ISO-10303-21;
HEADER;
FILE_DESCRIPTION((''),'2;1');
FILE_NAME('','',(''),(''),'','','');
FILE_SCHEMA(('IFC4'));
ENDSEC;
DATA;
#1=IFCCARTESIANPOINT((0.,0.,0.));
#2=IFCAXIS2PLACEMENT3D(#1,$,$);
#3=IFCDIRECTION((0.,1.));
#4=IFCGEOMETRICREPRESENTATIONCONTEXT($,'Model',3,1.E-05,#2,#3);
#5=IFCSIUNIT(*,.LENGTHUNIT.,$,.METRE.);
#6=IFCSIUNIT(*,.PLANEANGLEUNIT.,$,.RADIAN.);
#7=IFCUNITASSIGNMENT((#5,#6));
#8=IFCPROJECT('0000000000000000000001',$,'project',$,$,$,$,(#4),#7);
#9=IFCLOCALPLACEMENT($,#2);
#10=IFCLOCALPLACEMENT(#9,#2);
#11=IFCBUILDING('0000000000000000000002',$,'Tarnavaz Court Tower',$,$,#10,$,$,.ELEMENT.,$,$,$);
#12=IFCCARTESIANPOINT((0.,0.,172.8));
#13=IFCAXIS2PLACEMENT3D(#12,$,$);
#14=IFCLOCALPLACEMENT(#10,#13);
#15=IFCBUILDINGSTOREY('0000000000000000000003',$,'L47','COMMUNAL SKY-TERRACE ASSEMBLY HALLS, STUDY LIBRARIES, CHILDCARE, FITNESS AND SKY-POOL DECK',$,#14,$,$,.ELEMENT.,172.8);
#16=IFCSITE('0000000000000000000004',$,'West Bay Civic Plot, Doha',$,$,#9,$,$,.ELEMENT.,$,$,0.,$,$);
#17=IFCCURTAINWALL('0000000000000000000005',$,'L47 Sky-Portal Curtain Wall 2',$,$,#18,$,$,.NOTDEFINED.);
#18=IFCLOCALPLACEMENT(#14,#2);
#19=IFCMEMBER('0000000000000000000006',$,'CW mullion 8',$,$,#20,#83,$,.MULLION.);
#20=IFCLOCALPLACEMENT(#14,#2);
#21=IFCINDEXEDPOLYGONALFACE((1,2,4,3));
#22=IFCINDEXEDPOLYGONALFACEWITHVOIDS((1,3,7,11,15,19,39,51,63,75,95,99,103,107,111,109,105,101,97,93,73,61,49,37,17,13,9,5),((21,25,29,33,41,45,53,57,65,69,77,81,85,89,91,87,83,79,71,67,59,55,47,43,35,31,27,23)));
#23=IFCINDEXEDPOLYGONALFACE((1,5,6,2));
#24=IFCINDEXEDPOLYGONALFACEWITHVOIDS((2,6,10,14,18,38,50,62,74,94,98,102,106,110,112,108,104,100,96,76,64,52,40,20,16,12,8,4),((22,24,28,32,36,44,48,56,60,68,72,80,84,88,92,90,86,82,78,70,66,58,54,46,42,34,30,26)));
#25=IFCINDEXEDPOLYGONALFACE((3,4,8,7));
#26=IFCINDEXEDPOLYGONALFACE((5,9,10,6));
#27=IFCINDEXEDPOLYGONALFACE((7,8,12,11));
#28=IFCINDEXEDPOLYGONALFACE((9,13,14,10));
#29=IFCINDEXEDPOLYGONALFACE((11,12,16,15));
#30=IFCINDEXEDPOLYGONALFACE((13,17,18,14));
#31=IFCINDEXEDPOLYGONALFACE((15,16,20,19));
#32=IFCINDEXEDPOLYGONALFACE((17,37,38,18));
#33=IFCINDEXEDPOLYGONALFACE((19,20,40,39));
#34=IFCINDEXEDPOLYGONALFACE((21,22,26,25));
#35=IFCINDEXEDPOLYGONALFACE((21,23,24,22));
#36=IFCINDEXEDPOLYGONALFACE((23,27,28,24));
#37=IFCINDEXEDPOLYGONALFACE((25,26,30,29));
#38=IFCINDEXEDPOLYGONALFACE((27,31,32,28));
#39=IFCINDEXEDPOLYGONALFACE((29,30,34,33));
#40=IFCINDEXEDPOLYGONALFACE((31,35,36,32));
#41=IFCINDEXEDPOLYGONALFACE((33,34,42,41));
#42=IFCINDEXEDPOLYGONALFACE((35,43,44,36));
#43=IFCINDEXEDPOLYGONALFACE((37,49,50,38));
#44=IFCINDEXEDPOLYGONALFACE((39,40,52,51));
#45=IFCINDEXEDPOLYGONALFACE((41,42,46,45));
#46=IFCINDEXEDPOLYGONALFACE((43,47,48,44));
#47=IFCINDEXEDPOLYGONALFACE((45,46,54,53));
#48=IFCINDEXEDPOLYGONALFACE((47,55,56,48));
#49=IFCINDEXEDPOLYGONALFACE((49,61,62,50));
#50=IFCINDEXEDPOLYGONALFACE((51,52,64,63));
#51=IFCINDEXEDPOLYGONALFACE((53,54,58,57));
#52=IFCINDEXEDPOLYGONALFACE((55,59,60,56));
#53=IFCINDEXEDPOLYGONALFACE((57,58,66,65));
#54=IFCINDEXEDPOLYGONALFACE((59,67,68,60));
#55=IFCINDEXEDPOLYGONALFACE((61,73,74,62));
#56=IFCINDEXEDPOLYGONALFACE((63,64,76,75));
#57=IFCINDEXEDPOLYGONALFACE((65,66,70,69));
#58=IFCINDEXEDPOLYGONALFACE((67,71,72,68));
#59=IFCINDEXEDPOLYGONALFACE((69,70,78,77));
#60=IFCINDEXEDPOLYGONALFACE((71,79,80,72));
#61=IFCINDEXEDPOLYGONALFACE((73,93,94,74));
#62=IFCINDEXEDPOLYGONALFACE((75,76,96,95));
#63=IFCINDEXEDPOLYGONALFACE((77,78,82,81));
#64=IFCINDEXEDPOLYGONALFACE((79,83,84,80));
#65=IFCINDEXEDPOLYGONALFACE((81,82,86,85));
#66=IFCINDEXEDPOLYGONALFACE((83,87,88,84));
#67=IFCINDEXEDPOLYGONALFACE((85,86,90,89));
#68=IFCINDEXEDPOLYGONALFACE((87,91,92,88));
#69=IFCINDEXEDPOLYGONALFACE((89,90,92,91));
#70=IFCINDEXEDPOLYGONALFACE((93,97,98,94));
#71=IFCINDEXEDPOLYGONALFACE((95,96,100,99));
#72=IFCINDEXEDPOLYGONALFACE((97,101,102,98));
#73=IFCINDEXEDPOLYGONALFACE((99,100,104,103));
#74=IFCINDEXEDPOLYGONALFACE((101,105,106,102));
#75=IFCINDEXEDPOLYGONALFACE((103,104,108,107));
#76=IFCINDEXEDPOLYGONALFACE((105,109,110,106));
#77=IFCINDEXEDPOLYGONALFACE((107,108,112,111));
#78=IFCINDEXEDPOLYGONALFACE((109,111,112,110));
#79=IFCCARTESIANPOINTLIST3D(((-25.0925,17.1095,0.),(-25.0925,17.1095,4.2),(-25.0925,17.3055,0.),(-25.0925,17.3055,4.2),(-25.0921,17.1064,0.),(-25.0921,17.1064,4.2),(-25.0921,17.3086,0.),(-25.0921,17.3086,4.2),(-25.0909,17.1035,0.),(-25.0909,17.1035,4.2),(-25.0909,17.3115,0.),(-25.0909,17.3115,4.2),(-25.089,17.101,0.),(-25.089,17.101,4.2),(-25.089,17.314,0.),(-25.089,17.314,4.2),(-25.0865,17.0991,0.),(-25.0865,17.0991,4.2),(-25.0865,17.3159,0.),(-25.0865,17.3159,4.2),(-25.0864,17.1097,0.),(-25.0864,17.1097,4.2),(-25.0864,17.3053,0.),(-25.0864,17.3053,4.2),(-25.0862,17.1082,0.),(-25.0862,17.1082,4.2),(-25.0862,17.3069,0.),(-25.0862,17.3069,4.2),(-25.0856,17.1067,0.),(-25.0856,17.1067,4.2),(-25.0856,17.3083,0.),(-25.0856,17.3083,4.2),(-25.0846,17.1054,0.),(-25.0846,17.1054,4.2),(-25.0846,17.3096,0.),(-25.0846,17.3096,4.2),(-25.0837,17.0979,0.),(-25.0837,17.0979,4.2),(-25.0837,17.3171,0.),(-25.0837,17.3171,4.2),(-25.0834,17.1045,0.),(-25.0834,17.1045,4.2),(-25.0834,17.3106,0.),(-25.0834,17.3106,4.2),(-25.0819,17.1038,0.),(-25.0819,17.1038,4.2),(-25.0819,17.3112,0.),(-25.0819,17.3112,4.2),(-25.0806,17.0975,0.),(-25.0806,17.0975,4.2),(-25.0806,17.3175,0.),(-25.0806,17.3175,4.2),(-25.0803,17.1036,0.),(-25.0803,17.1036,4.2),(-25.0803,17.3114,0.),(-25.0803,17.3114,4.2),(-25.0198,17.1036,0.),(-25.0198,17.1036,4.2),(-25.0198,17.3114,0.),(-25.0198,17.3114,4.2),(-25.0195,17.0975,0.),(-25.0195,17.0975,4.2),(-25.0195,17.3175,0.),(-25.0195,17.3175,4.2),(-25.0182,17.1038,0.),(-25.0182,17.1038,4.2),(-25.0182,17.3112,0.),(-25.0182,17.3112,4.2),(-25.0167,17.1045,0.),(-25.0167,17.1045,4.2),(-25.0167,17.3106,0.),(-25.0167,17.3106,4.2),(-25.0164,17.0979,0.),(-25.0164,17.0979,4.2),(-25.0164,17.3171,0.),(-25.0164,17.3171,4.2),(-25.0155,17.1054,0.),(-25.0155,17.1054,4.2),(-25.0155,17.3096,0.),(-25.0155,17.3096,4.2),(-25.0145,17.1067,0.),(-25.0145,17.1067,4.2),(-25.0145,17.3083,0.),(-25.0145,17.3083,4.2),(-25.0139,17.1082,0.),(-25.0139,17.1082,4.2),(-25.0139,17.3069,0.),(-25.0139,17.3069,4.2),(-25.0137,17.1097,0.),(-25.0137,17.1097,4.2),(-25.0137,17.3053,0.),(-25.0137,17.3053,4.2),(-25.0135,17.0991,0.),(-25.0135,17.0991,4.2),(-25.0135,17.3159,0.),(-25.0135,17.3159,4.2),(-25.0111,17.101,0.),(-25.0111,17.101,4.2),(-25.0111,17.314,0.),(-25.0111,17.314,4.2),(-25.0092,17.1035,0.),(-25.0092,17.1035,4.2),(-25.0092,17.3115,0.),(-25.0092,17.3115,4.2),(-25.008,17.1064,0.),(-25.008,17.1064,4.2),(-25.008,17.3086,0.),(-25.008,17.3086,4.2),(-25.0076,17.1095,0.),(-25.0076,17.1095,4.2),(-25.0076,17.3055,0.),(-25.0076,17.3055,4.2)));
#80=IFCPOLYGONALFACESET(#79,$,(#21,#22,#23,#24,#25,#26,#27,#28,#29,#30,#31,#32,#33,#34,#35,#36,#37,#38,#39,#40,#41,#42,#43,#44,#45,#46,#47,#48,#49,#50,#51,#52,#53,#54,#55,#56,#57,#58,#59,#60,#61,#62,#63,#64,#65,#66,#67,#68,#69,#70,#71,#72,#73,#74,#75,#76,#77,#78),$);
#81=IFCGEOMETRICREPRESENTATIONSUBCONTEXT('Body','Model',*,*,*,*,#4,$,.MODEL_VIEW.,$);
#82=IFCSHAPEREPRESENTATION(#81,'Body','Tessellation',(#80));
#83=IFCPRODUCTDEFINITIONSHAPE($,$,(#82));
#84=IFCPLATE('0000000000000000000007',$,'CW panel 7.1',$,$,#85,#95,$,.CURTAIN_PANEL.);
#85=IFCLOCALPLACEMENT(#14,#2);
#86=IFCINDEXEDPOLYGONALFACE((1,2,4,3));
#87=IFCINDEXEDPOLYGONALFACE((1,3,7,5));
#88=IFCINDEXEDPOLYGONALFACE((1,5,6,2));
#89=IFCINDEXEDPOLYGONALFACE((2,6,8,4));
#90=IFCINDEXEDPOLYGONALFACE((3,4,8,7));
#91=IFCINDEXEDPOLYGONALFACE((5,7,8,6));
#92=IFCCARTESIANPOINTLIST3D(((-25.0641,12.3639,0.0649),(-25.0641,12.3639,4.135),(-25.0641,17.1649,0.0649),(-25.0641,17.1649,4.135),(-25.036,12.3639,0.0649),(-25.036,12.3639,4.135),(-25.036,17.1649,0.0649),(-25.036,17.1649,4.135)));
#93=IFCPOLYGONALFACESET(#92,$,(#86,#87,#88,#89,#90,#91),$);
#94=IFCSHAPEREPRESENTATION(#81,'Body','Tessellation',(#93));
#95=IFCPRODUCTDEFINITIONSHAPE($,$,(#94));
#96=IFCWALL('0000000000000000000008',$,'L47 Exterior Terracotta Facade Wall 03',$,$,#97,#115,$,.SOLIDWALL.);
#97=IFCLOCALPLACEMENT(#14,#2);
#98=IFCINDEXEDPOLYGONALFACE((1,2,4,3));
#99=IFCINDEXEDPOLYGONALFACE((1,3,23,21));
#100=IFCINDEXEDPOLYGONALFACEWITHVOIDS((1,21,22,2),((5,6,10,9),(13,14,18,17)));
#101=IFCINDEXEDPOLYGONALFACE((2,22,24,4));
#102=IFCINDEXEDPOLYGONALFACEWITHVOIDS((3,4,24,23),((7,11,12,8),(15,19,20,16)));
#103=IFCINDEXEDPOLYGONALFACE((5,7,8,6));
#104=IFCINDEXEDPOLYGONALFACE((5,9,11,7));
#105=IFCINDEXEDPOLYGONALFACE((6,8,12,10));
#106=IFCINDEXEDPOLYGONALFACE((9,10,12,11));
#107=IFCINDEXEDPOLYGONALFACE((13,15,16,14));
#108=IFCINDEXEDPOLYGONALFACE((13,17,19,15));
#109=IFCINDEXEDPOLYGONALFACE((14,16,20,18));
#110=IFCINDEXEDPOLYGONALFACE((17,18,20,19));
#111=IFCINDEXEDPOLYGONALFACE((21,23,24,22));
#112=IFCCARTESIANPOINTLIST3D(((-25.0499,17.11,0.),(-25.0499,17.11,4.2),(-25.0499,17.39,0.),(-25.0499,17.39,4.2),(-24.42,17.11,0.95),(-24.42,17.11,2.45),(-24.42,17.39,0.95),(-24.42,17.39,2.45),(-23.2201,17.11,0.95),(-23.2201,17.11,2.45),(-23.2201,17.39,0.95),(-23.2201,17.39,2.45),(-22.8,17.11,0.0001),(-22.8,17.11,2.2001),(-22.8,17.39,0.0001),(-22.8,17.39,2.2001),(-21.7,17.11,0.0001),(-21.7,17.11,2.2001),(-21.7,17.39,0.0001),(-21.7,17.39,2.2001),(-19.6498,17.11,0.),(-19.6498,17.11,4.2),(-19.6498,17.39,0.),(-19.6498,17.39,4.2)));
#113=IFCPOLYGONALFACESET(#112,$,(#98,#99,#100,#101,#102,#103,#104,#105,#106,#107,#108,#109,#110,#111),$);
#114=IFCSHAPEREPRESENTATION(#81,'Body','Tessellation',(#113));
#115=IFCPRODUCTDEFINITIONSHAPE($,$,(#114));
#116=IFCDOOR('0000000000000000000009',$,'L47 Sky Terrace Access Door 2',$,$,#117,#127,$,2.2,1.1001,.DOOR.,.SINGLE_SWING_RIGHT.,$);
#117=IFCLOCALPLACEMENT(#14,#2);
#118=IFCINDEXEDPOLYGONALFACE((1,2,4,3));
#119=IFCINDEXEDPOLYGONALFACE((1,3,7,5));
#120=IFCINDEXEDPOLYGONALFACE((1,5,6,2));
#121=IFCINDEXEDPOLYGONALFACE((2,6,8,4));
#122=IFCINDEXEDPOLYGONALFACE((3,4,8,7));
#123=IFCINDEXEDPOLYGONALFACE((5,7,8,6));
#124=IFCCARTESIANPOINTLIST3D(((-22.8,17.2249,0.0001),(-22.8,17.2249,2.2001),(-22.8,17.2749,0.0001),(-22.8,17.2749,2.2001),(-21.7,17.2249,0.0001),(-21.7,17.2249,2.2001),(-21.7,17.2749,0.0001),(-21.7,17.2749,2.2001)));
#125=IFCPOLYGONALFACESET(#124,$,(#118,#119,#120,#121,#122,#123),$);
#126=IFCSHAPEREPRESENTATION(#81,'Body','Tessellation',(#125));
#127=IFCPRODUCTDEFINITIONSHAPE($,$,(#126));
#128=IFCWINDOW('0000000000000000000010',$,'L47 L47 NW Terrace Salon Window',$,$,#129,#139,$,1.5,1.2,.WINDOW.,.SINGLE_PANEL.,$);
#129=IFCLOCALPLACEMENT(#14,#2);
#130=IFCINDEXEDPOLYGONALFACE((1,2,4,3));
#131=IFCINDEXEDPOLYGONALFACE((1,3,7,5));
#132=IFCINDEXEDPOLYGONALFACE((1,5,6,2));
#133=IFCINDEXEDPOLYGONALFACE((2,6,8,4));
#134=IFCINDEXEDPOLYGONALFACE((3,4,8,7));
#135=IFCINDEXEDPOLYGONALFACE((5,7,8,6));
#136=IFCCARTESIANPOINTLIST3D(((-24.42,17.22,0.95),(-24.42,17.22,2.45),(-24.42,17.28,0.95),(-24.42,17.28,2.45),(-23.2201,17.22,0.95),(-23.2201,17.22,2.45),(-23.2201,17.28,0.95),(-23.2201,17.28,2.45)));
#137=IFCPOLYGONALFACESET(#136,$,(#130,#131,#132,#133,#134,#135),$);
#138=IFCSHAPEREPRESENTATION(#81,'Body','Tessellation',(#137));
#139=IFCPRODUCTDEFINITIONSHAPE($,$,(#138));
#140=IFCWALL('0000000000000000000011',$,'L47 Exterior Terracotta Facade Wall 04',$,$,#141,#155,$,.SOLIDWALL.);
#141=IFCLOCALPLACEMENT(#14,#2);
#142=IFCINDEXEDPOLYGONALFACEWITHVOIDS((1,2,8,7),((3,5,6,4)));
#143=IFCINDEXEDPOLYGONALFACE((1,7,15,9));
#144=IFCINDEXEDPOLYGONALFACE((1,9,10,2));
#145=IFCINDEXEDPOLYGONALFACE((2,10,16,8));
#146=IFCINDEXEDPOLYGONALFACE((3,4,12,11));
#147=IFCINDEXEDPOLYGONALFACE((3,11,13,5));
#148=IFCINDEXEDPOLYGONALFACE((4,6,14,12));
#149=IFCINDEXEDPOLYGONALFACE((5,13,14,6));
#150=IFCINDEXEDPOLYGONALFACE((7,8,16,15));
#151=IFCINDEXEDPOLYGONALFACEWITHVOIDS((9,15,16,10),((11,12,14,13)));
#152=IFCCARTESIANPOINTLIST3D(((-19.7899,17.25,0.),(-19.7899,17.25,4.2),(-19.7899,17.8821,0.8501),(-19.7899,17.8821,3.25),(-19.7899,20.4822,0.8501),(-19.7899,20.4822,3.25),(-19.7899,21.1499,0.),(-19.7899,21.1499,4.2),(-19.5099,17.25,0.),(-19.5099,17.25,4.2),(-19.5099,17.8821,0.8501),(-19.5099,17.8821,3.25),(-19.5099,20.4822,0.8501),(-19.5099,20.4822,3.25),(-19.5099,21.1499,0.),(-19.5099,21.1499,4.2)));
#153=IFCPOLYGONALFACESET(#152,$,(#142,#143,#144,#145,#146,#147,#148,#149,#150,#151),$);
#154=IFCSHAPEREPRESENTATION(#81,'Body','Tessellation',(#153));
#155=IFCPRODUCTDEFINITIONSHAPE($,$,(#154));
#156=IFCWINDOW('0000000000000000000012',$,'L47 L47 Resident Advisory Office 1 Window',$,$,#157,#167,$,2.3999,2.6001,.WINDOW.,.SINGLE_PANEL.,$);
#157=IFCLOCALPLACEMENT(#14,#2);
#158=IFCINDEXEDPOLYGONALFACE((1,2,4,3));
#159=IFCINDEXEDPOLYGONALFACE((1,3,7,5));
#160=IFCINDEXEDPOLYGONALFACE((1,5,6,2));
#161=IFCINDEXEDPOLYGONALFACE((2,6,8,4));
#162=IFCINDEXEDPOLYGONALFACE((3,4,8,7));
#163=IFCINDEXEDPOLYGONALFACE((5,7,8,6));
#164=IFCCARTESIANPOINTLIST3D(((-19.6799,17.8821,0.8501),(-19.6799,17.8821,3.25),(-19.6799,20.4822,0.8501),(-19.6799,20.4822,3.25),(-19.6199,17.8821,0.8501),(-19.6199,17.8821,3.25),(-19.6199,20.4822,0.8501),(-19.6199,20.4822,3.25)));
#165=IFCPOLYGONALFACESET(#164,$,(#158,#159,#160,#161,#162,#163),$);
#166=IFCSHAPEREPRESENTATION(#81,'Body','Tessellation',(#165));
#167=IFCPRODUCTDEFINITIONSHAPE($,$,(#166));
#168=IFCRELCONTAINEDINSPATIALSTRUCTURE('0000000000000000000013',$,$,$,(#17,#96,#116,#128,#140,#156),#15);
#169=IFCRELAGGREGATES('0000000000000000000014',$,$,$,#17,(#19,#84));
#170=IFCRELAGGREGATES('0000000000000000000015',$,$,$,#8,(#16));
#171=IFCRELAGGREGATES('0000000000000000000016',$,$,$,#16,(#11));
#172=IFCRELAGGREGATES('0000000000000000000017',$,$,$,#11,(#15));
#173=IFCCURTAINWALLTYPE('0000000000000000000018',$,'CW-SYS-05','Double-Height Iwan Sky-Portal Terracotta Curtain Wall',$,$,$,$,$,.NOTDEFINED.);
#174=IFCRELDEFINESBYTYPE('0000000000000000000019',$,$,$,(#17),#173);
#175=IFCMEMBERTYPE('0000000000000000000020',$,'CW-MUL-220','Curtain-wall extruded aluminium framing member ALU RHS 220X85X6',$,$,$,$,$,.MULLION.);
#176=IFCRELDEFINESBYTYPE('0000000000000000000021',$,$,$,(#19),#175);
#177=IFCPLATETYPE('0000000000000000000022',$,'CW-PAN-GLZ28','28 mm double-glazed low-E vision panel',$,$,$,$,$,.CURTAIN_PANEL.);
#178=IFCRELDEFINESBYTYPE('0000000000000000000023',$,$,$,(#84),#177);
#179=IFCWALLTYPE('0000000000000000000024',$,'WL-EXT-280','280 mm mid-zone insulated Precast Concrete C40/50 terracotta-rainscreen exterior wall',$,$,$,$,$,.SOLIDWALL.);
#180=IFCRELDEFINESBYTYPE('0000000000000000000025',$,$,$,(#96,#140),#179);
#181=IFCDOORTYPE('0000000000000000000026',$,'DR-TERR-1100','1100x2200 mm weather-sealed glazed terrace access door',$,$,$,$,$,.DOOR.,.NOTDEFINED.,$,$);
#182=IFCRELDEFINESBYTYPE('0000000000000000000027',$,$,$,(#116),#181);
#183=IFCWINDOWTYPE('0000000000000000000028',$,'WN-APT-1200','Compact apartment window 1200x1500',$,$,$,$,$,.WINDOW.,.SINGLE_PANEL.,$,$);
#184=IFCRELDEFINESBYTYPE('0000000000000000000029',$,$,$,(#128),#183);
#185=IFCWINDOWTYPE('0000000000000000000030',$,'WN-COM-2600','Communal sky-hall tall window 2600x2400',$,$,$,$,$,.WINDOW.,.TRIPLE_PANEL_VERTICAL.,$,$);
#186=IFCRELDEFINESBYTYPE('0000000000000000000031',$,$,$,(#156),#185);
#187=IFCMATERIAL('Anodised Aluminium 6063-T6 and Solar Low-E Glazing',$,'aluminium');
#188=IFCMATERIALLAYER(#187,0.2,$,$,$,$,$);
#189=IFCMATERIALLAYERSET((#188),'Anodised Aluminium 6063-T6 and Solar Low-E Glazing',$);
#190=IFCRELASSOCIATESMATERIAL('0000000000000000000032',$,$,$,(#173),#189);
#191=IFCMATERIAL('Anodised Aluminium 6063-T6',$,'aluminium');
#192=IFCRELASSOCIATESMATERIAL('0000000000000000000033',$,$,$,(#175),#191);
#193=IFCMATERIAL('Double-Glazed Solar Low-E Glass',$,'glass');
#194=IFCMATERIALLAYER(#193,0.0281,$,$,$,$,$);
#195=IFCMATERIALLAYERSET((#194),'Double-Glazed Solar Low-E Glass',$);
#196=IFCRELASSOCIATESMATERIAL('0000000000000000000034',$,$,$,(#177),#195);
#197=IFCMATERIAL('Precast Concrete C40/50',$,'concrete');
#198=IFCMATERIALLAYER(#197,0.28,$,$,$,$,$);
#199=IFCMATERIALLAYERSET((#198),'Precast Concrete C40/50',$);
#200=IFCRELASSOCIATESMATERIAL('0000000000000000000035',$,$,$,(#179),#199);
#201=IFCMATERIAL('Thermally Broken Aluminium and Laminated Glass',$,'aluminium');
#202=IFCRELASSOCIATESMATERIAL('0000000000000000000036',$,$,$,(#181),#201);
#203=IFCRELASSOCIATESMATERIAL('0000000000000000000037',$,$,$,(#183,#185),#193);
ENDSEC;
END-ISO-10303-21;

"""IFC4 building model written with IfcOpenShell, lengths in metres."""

from ifc_helpers import new_model, si_unit, direction, frame, frame_2d, origin, origin_2d, place, context, subcontext, project, spatial, rectangle, hollow_rectangle, extrude, material, layer, layer_set, material_profile, profile_set, type_object, element, fill, aggregate, save


model = new_model("IFC4")

# Units and contexts
model_context = context("Model", 3, precision=1e-05, world=origin(), true_north=direction((0.0, 1.0)))
body_context = subcontext(model_context, "Body", "Model", "MODEL_VIEW")
ifc_project = project(units=[si_unit("LENGTHUNIT", "METRE"), si_unit("PLANEANGLEUNIT", "RADIAN")], contexts=[model_context])

# Site, building, storey
site_placement = place(None, origin())
site = spatial("IfcSite", under=ifc_project, at=site_placement, Name="West Bay Civic Plot, Doha", CompositionType="ELEMENT", RefElevation=0.0)
building_placement = place(site_placement, origin())
building = spatial("IfcBuilding", under=site, at=building_placement, Name="Tarnavaz Court Tower", CompositionType="ELEMENT")
storey_placement = place(building_placement, frame((0.0, 0.0, 172.8)))
storey = spatial("IfcBuildingStorey", under=building, at=storey_placement, Name="L47", Description="COMMUNAL SKY-TERRACE ASSEMBLY HALLS, STUDY LIBRARIES, CHILDCARE, FITNESS AND SKY-POOL DECK", CompositionType="ELEMENT", Elevation=172.8)

# Curtain wall, member, plate
ifc_material_1 = material(Name="Anodised Aluminium 6063-T6 and Solar Low-E Glazing", Category="aluminium")
ifc_layer_1 = layer(ifc_material_1, 0.2)
ifc_layer_set_1 = layer_set([ifc_layer_1], Name="Anodised Aluminium 6063-T6 and Solar Low-E Glazing")
curtain_wall_type = type_object("IfcCurtainWallType", Name="CW-SYS-05", Description="Double-Height Iwan Sky-Portal Terracotta Curtain Wall", PredefinedType="NOTDEFINED", material=ifc_layer_set_1)
curtain_wall_placement = place(storey_placement, origin())
curtain_wall = element("IfcCurtainWall", 1, at=curtain_wall_placement, inside=storey, type_object=curtain_wall_type, Name="L47 Sky-Portal Curtain Wall 2", PredefinedType="NOTDEFINED")
ifc_material_2 = material(Name="Anodised Aluminium 6063-T6", Category="aluminium")
ifc_material_profile_1 = material_profile(ifc_material_2, hollow_rectangle(XDim=0.085, YDim=0.22, WallThickness=0.0061, InnerFilletRadius=0.0061, OuterFilletRadius=0.012, at=origin_2d()), Name="ALU RHS 220X85X6")
ifc_profile_set_1 = profile_set([ifc_material_profile_1], Name="Anodised Aluminium 6063-T6")
member_type = type_object("IfcMemberType", Name="CW-MUL-220", Description="Curtain-wall extruded aluminium framing member ALU RHS 220X85X6", PredefinedType="MULLION", material=ifc_profile_set_1)
member_placement = place(storey_placement, frame((-25.05, 17.2075, 0.0), z_axis=(0.0, 0.0, 1.0), x_axis=(-1.0, 0.0, 0.0)))
member = element("IfcMember", 2, at=member_placement, type_object=member_type, Name="CW mullion 8", PredefinedType="MULLION", context=body_context, shape_type="SweptSolid", body=[
    extrude(hollow_rectangle(XDim=0.085, YDim=0.22, WallThickness=0.0061, InnerFilletRadius=0.0061, OuterFilletRadius=0.012, at=origin_2d()), origin(), (0.0, 0.0, 1.0), 4.2),
])
ifc_material_3 = material(Name="Double-Glazed Solar Low-E Glass", Category="glass")
ifc_layer_2 = layer(ifc_material_3, 0.0281)
ifc_layer_set_2 = layer_set([ifc_layer_2], Name="Double-Glazed Solar Low-E Glass")
plate_type = type_object("IfcPlateType", Name="CW-PAN-GLZ28", Description="28 mm double-glazed low-E vision panel", PredefinedType="CURTAIN_PANEL", material=ifc_layer_set_2)
plate_placement = place(storey_placement, frame((-25.05, 14.7644, 0.0649), z_axis=(0.0, 0.0, 1.0), x_axis=(0.0, 1.0, 0.0)))
plate = element("IfcPlate", 3, at=plate_placement, type_object=plate_type, Name="CW panel 7.1", PredefinedType="CURTAIN_PANEL", context=body_context, shape_type="SweptSolid", body=[
    extrude(rectangle(XDim=4.801, YDim=0.0281, at=origin_2d()), origin(), (0.0, 0.0, 1.0), 4.0701),
])
aggregate(curtain_wall, [member, plate])

# Wall, openings, door, window
ifc_material_4 = material(Name="Precast Concrete C40/50", Category="concrete")
ifc_layer_3 = layer(ifc_material_4, 0.28)
ifc_layer_set_3 = layer_set([ifc_layer_3], Name="Precast Concrete C40/50")
wall_type_1 = type_object("IfcWallType", Name="WL-EXT-280", Description="280 mm mid-zone insulated Precast Concrete C40/50 terracotta-rainscreen exterior wall", PredefinedType="SOLIDWALL", material=ifc_layer_set_3)
wall_1_placement = place(storey_placement, frame((-25.05, 17.25, 0.0), z_axis=(0.0, 0.0, 1.0), x_axis=(1.0, 0.0, 0.0)))
wall_1 = element("IfcWall", 4, at=wall_1_placement, inside=storey, type_object=wall_type_1, Name="L47 Exterior Terracotta Facade Wall 03", PredefinedType="SOLIDWALL", context=body_context, shape_type="SweptSolid", body=[
    extrude(rectangle(XDim=5.4001, YDim=0.28, at=frame_2d((2.7002, 0.0))), origin(), (0.0, 0.0, 1.0), 4.2),
])
opening_1_placement = place(wall_1_placement, frame((2.25, 0.0, 0.0)))
opening_1 = element("IfcOpeningElement", 5, at=opening_1_placement, cuts=wall_1, PredefinedType="OPENING", context=body_context, shape_type="SweptSolid", body=[
    extrude(rectangle(XDim=1.1001, YDim=2.2, at=frame_2d((0.55, 1.1001))), frame((0.0, 0.1499, 0.0), z_axis=(0.0, -1.0, 0.0), x_axis=(1.0, 0.0, 0.0)), (0.0, 0.0, 1.0), 0.3),
])
opening_2_placement = place(wall_1_placement, frame((0.6299, 0.0, 0.95)))
opening_2 = element("IfcOpeningElement", 6, at=opening_2_placement, cuts=wall_1, PredefinedType="OPENING", context=body_context, shape_type="SweptSolid", body=[
    extrude(rectangle(XDim=1.2, YDim=1.5, at=frame_2d((0.6001, 0.75))), frame((0.0, 0.1499, 0.0), z_axis=(0.0, -1.0, 0.0), x_axis=(1.0, 0.0, 0.0)), (0.0, 0.0, 1.0), 0.3),
])
ifc_material_5 = material(Name="Thermally Broken Aluminium and Laminated Glass", Category="aluminium")
door_type = type_object("IfcDoorType", Name="DR-TERR-1100", Description="1100x2200 mm weather-sealed glazed terrace access door", OperationType="NOTDEFINED", PredefinedType="DOOR", material=ifc_material_5)
door_placement = place(opening_1_placement, origin())
door = element("IfcDoor", 7, at=door_placement, inside=storey, type_object=door_type, Name="L47 Sky Terrace Access Door 2", OperationType="SINGLE_SWING_RIGHT", OverallHeight=2.2, OverallWidth=1.1001, PredefinedType="DOOR", context=body_context, shape_type="SweptSolid", body=[
    extrude(rectangle(XDim=1.1001, YDim=2.2, at=frame_2d((0.55, 1.1001))), frame((0.0, 0.0249, 0.0), z_axis=(0.0, -1.0, 0.0), x_axis=(1.0, 0.0, 0.0)), (0.0, 0.0, 1.0), 0.05),
])
fill(opening_1, door)
window_type_1 = type_object("IfcWindowType", Name="WN-APT-1200", Description="Compact apartment window 1200x1500", PartitioningType="SINGLE_PANEL", PredefinedType="WINDOW", material=ifc_material_3)
window_1_placement = place(opening_2_placement, origin())
window_1 = element("IfcWindow", 8, at=window_1_placement, inside=storey, type_object=window_type_1, Name="L47 L47 NW Terrace Salon Window", OverallHeight=1.5, OverallWidth=1.2, PartitioningType="SINGLE_PANEL", PredefinedType="WINDOW", context=body_context, shape_type="SweptSolid", body=[
    extrude(rectangle(XDim=1.2, YDim=1.5, at=frame_2d((0.6001, 0.75))), frame((0.0, 0.03, 0.0), z_axis=(0.0, -1.0, 0.0), x_axis=(1.0, 0.0, 0.0)), (0.0, 0.0, 1.0), 0.0601),
])
fill(opening_2, window_1)

# Wall, opening, window
wall_2_placement = place(storey_placement, frame((-19.6499, 17.25, 0.0), z_axis=(0.0, 0.0, 1.0), x_axis=(0.0, 1.0, 0.0)))
wall_2 = element("IfcWall", 9, at=wall_2_placement, inside=storey, type_object=wall_type_1, Name="L47 Exterior Terracotta Facade Wall 04", PredefinedType="SOLIDWALL", context=body_context, shape_type="SweptSolid", body=[
    extrude(rectangle(XDim=3.8999, YDim=0.28, at=frame_2d((1.95, 0.0))), origin(), (0.0, 0.0, 1.0), 4.2),
])
opening_3_placement = place(wall_2_placement, frame((0.6321, 0.0, 0.8501)))
opening_3 = element("IfcOpeningElement", 10, at=opening_3_placement, cuts=wall_2, PredefinedType="OPENING", context=body_context, shape_type="SweptSolid", body=[
    extrude(rectangle(XDim=2.6001, YDim=2.3999, at=frame_2d((1.3, 1.2))), frame((0.0, 0.1499, 0.0), z_axis=(0.0, -1.0, 0.0), x_axis=(1.0, 0.0, 0.0)), (0.0, 0.0, 1.0), 0.3),
])
window_type_2 = type_object("IfcWindowType", Name="WN-COM-2600", Description="Communal sky-hall tall window 2600x2400", PartitioningType="TRIPLE_PANEL_VERTICAL", PredefinedType="WINDOW", material=ifc_material_3)
window_2_placement = place(opening_3_placement, origin())
window_2 = element("IfcWindow", 11, at=window_2_placement, inside=storey, type_object=window_type_2, Name="L47 L47 Resident Advisory Office 1 Window", OverallHeight=2.3999, OverallWidth=2.6001, PartitioningType="SINGLE_PANEL", PredefinedType="WINDOW", context=body_context, shape_type="SweptSolid", body=[
    extrude(rectangle(XDim=2.6001, YDim=2.3999, at=frame_2d((1.3, 1.2))), frame((0.0, 0.03, 0.0), z_axis=(0.0, -1.0, 0.0), x_axis=(1.0, 0.0, 0.0)), (0.0, 0.0, 1.0), 0.0601),
])
fill(opening_3, window_2)

save(model, "model.ifc")
